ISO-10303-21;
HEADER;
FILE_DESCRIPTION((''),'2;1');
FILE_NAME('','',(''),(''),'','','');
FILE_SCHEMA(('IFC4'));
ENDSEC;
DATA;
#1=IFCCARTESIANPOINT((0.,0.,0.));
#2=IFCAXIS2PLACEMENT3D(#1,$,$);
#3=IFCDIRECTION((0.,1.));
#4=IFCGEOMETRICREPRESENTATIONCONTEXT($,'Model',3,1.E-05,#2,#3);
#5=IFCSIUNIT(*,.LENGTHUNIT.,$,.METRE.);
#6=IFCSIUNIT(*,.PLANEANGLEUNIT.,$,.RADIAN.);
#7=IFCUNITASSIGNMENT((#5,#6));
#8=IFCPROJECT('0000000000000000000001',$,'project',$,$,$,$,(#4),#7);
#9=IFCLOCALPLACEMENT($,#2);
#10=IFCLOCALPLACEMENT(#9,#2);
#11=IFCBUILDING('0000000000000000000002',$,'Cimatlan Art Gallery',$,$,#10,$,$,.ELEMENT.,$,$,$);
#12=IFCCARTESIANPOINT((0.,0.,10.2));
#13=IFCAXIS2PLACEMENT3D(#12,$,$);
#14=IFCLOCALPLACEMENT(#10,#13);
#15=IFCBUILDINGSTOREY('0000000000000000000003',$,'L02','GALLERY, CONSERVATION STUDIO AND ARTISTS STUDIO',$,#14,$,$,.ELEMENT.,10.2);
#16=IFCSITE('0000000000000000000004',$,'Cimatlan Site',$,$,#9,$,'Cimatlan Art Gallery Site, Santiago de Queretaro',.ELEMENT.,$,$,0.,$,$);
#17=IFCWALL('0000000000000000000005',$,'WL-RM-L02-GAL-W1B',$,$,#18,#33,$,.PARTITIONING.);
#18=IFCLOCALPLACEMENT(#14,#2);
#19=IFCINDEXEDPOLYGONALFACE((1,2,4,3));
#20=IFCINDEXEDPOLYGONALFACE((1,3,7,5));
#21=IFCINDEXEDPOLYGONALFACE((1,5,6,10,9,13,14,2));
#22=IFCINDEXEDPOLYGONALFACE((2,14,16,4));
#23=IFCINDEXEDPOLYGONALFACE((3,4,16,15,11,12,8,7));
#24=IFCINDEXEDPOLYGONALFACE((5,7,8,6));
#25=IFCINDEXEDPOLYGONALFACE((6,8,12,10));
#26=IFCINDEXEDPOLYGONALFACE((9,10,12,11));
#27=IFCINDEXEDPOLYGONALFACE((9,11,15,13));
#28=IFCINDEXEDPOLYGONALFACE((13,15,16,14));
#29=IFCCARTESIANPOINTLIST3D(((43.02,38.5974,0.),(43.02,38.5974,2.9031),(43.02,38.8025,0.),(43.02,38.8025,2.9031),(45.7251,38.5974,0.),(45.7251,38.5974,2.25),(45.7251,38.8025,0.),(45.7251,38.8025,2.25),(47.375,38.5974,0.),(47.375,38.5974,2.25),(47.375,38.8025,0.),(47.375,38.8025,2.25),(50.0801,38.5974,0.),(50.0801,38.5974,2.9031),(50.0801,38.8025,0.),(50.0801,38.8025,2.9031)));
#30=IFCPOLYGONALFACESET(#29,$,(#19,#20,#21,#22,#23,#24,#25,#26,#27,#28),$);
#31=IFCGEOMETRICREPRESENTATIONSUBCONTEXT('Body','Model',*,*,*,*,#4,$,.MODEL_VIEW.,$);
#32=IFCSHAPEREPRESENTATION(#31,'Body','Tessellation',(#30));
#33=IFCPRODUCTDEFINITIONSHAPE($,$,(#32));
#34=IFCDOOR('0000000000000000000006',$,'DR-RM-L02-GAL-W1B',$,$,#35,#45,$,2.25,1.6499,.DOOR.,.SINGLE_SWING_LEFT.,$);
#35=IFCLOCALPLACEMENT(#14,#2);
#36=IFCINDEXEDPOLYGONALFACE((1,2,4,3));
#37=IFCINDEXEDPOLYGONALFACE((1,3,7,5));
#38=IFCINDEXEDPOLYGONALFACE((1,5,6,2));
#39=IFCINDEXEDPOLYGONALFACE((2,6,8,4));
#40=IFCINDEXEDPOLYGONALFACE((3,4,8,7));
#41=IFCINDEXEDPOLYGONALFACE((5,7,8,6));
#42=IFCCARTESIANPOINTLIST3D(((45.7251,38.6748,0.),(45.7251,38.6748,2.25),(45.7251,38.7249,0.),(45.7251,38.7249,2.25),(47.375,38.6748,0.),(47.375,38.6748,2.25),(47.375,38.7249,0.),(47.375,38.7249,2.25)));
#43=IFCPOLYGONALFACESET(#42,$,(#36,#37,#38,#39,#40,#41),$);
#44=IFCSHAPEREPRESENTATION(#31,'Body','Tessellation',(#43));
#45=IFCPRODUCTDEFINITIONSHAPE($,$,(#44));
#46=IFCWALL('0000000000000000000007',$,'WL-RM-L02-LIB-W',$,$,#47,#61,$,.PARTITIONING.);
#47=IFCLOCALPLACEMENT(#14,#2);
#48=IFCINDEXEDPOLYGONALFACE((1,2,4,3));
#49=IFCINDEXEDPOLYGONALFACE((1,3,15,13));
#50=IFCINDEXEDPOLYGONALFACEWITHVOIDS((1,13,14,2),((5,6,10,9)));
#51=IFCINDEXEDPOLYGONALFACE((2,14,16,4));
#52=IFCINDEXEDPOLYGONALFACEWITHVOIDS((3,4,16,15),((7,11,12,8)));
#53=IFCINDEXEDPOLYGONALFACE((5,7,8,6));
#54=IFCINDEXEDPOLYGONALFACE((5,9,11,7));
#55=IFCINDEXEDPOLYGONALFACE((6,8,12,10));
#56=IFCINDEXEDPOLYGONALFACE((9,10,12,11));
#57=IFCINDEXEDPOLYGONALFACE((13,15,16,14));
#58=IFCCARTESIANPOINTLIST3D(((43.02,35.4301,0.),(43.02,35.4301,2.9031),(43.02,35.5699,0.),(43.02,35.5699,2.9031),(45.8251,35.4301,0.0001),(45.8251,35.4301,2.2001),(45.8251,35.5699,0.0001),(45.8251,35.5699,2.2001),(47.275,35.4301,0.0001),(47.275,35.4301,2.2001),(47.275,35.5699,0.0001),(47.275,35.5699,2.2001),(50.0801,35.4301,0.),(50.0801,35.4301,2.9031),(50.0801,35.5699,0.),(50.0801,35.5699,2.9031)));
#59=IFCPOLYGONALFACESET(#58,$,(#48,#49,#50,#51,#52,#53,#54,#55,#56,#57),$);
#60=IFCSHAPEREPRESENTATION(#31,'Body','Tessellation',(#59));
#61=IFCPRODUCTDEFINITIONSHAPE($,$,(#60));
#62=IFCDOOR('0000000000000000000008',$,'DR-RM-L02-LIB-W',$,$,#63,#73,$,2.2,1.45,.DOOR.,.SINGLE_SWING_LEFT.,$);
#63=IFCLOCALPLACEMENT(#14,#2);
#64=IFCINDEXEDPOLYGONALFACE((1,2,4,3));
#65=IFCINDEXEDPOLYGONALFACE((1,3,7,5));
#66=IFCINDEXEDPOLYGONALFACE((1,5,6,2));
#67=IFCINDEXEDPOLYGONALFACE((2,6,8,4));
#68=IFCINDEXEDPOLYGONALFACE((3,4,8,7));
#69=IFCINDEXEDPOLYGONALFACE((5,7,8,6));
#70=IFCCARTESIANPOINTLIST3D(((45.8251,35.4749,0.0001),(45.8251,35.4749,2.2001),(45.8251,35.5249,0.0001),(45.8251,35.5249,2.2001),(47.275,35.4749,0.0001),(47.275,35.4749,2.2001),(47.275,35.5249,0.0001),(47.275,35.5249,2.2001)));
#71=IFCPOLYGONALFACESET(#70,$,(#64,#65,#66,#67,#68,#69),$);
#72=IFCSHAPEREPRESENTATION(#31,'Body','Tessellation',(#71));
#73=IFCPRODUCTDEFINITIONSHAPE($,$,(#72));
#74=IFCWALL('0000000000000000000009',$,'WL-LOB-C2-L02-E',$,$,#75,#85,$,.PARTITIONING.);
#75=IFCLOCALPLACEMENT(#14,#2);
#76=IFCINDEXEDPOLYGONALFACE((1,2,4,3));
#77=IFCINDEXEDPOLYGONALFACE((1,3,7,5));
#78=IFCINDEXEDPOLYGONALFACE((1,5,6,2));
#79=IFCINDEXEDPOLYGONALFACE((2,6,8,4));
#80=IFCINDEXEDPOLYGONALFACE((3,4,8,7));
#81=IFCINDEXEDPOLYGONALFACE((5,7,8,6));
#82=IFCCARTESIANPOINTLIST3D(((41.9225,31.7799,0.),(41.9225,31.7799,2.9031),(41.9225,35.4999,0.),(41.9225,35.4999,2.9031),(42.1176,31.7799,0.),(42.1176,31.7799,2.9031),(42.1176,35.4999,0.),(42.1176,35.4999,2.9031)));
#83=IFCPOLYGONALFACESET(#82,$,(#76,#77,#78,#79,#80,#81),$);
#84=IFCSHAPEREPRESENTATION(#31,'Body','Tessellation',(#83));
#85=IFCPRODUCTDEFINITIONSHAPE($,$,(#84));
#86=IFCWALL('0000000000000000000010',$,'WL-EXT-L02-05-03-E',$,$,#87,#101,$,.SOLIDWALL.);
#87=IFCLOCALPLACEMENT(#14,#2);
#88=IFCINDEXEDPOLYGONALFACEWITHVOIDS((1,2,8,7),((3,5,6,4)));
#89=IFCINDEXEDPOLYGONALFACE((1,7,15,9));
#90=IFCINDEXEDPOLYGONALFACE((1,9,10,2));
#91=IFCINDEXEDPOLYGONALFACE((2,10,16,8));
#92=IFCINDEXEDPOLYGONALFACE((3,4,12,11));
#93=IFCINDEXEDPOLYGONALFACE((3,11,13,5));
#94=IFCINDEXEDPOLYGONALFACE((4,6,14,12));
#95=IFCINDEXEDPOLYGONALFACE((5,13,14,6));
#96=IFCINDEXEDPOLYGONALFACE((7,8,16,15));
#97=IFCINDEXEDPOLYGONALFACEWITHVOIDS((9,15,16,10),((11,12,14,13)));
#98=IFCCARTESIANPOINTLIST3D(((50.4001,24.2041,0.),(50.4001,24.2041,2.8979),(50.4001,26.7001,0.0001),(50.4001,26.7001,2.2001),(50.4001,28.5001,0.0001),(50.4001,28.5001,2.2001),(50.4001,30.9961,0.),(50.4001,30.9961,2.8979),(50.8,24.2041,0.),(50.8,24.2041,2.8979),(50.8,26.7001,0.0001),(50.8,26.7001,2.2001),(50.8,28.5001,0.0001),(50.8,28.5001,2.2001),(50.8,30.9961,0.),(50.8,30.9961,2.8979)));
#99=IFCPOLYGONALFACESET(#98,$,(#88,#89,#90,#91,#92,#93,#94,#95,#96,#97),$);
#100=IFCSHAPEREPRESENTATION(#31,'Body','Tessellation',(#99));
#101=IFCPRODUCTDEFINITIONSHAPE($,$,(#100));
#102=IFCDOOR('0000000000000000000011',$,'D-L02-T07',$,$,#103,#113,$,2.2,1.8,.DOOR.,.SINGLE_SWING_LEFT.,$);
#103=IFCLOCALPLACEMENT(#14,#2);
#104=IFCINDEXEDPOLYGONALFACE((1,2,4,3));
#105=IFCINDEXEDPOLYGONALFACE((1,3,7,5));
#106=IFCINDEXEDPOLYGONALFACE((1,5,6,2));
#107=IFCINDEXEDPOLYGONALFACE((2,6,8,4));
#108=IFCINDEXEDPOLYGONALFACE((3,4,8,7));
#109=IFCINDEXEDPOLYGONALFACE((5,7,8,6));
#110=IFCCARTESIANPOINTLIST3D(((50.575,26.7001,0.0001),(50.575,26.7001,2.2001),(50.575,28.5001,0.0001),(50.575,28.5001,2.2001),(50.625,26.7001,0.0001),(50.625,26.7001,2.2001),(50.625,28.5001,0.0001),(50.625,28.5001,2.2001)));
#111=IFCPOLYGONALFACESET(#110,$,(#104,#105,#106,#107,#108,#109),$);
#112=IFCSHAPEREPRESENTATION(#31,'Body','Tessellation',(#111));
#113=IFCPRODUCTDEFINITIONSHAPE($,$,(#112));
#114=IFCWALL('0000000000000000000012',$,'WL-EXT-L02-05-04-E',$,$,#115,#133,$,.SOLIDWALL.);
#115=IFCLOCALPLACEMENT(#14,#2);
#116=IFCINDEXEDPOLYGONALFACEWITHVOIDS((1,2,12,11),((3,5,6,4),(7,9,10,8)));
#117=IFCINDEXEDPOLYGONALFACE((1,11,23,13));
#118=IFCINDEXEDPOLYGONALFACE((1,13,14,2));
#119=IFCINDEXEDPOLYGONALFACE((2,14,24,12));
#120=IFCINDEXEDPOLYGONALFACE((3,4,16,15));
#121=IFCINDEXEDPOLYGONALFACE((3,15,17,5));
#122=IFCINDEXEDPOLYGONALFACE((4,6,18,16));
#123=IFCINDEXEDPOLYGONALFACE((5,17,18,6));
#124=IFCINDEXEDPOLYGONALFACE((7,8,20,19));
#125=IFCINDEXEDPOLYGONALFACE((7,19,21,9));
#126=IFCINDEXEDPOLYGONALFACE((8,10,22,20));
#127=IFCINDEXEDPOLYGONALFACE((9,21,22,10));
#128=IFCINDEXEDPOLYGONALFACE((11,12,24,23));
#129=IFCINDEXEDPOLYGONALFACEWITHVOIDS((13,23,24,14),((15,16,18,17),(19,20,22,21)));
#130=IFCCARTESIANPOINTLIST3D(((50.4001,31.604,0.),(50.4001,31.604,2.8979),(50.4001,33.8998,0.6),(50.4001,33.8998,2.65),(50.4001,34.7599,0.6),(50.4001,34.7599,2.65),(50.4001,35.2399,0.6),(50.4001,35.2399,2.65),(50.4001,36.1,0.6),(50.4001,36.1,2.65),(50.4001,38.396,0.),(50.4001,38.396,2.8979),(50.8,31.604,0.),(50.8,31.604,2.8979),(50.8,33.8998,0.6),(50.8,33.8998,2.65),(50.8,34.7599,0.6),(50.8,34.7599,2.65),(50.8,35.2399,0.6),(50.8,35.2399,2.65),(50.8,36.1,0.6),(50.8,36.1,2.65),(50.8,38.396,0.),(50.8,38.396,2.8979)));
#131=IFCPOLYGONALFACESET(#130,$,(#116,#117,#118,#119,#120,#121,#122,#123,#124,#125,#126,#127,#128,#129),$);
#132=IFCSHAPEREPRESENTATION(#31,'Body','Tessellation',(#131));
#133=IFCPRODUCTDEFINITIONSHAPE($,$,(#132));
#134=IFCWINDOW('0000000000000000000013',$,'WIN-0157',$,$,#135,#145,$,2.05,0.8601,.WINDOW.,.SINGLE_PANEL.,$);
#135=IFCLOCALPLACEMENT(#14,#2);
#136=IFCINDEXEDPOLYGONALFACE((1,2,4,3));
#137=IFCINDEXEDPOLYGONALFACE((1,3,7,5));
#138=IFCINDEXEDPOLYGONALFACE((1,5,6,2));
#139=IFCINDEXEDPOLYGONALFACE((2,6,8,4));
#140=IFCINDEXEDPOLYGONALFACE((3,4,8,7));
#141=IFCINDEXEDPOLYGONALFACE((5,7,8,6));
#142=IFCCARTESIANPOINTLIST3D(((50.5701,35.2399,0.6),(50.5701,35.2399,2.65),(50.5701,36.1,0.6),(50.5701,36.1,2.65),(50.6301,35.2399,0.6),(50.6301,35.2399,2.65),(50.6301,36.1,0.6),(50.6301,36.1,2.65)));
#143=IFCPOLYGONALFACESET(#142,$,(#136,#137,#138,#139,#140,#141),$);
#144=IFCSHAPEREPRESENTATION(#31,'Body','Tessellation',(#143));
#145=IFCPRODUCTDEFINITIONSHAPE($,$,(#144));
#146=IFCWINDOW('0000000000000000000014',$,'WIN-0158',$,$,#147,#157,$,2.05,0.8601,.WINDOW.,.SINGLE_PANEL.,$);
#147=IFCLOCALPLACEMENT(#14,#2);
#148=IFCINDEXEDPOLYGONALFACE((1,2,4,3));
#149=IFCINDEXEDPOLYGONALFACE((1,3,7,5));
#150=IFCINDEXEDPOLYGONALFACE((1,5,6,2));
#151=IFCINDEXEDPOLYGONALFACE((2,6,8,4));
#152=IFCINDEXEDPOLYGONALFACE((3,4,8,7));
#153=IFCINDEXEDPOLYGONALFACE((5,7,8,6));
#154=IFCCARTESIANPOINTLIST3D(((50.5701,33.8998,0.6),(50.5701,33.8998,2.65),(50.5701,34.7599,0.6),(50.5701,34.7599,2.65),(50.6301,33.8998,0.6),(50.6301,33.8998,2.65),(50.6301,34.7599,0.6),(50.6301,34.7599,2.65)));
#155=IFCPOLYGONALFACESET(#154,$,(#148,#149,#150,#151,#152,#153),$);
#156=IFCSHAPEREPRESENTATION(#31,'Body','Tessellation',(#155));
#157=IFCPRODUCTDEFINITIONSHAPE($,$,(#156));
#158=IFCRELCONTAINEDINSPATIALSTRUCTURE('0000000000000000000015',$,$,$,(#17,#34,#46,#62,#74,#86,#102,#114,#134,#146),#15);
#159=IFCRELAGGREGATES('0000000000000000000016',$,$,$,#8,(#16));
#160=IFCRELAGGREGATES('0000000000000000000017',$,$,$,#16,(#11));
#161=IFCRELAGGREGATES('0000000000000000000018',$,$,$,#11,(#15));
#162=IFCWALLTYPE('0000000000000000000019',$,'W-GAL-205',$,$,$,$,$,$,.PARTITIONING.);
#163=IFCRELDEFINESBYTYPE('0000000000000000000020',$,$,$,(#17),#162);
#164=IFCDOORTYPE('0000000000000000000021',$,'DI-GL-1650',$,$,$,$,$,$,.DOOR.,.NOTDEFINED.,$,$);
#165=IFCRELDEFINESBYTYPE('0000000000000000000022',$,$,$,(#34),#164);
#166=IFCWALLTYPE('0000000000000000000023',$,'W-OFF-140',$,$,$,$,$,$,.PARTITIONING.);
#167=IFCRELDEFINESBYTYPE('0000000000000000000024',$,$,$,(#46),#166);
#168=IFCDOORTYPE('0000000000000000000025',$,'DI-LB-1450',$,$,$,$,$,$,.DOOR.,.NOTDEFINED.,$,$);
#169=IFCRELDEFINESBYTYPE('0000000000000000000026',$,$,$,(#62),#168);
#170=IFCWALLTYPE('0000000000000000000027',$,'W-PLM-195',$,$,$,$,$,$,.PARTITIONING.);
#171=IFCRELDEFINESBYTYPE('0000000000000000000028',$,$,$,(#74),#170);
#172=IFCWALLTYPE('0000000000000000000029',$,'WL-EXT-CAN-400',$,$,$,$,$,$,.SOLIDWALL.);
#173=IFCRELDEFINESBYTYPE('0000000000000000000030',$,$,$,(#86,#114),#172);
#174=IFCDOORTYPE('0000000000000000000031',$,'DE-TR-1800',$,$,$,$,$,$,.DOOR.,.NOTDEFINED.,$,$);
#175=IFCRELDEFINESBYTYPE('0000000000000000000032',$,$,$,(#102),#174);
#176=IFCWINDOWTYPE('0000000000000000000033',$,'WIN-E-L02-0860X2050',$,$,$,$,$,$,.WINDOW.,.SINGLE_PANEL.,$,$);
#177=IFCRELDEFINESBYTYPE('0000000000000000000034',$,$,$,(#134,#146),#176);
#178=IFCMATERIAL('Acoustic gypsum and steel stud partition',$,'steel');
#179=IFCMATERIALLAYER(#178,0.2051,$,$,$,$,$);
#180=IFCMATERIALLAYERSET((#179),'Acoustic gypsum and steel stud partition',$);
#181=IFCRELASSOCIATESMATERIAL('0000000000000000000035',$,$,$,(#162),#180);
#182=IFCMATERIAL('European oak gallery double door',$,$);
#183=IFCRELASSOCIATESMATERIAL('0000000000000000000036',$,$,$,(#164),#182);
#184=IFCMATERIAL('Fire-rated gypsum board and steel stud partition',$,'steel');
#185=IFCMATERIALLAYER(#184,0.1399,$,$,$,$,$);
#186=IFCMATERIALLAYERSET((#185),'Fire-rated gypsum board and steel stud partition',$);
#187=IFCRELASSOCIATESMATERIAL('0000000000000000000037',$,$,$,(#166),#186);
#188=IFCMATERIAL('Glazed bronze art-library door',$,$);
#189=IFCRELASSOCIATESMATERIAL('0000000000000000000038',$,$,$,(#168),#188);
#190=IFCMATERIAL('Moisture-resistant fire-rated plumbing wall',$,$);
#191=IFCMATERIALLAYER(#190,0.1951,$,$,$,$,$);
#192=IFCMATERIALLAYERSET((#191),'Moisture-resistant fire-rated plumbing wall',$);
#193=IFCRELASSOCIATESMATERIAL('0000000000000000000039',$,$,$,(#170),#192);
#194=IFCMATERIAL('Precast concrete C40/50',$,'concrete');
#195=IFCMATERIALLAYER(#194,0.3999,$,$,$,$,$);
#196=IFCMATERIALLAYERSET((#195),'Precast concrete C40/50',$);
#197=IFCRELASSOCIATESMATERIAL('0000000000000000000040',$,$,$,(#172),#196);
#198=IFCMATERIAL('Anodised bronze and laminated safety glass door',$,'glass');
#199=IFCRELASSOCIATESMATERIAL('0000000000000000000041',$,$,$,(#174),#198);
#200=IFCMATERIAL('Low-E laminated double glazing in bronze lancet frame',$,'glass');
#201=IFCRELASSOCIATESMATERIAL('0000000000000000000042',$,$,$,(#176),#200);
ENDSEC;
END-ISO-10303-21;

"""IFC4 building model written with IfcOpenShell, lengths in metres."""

from ifc_helpers import new_model, si_unit, direction, frame, frame_2d, origin, place, context, subcontext, project, spatial, rectangle, extrude, material, layer, layer_set, type_object, element, fill, save


model = new_model("IFC4")

# Units and contexts
model_context = context("Model", 3, precision=1e-05, world=origin(), true_north=direction((0.0, 1.0)))
body_context = subcontext(model_context, "Body", "Model", "MODEL_VIEW")
ifc_project = project(units=[si_unit("LENGTHUNIT", "METRE"), si_unit("PLANEANGLEUNIT", "RADIAN")], contexts=[model_context])

# Site, building, storey
site_placement = place(None, origin())
site = spatial("IfcSite", under=ifc_project, at=site_placement, Name="Cimatlan Site", LongName="Cimatlan Art Gallery Site, Santiago de Queretaro", CompositionType="ELEMENT", RefElevation=0.0)
building_placement = place(site_placement, origin())
building = spatial("IfcBuilding", under=site, at=building_placement, Name="Cimatlan Art Gallery", CompositionType="ELEMENT")
storey_placement = place(building_placement, frame((0.0, 0.0, 10.2)))
storey = spatial("IfcBuildingStorey", under=building, at=storey_placement, Name="L02", Description="GALLERY, CONSERVATION STUDIO AND ARTISTS STUDIO", CompositionType="ELEMENT", Elevation=10.2)

# Walls, openings, doors
ifc_material_1 = material(Name="Acoustic gypsum and steel stud partition", Category="steel")
ifc_layer_1 = layer(ifc_material_1, 0.2051)
ifc_layer_set_1 = layer_set([ifc_layer_1], Name="Acoustic gypsum and steel stud partition")
wall_type_1 = type_object("IfcWallType", Name="W-GAL-205", PredefinedType="PARTITIONING", material=ifc_layer_set_1)
wall_1_placement = place(storey_placement, frame((43.02, 38.7, 0.0), z_axis=(0.0, 0.0, 1.0), x_axis=(1.0, 0.0, 0.0)))
wall_1 = element("IfcWall", 1, at=wall_1_placement, inside=storey, type_object=wall_type_1, Name="WL-RM-L02-GAL-W1B", PredefinedType="PARTITIONING", context=body_context, shape_type="SweptSolid", body=[
    extrude(rectangle(XDim=7.0601, YDim=0.2051, at=frame_2d((3.53, 0.0))), origin(), (0.0, 0.0, 1.0), 2.9031),
])
opening_1_placement = place(wall_1_placement, frame((2.7051, 0.0, 0.0)))
opening_1 = element("IfcOpeningElement", 2, at=opening_1_placement, cuts=wall_1, PredefinedType="OPENING", context=body_context, shape_type="SweptSolid", body=[
    extrude(rectangle(XDim=1.6499, YDim=2.25, at=frame_2d((0.825, 1.125))), frame((0.0, 0.1125, 0.0), z_axis=(0.0, -1.0, 0.0), x_axis=(1.0, 0.0, 0.0)), (0.0, 0.0, 1.0), 0.2251),
])
ifc_material_2 = material(Name="European oak gallery double door")
door_type_1 = type_object("IfcDoorType", Name="DI-GL-1650", OperationType="NOTDEFINED", PredefinedType="DOOR", material=ifc_material_2)
door_1_placement = place(opening_1_placement, origin())
door_1 = element("IfcDoor", 3, at=door_1_placement, inside=storey, type_object=door_type_1, Name="DR-RM-L02-GAL-W1B", OperationType="SINGLE_SWING_LEFT", OverallHeight=2.25, OverallWidth=1.6499, PredefinedType="DOOR", context=body_context, shape_type="SweptSolid", body=[
    extrude(rectangle(XDim=1.6499, YDim=2.25, at=frame_2d((0.825, 1.125))), frame((0.0, 0.0249, 0.0), z_axis=(0.0, -1.0, 0.0), x_axis=(1.0, 0.0, 0.0)), (0.0, 0.0, 1.0), 0.05),
])
fill(opening_1, door_1)
ifc_material_3 = material(Name="Fire-rated gypsum board and steel stud partition", Category="steel")
ifc_layer_2 = layer(ifc_material_3, 0.1399)
ifc_layer_set_2 = layer_set([ifc_layer_2], Name="Fire-rated gypsum board and steel stud partition")
wall_type_2 = type_object("IfcWallType", Name="W-OFF-140", PredefinedType="PARTITIONING", material=ifc_layer_set_2)
wall_2_placement = place(storey_placement, frame((43.02, 35.5, 0.0), z_axis=(0.0, 0.0, 1.0), x_axis=(1.0, 0.0, 0.0)))
wall_2 = element("IfcWall", 4, at=wall_2_placement, inside=storey, type_object=wall_type_2, Name="WL-RM-L02-LIB-W", PredefinedType="PARTITIONING", context=body_context, shape_type="SweptSolid", body=[
    extrude(rectangle(XDim=7.0601, YDim=0.1399, at=frame_2d((3.53, 0.0))), origin(), (0.0, 0.0, 1.0), 2.9031),
])
opening_2_placement = place(wall_2_placement, frame((2.8049, 0.0, 0.0)))
opening_2 = element("IfcOpeningElement", 5, at=opening_2_placement, cuts=wall_2, PredefinedType="OPENING", context=body_context, shape_type="SweptSolid", body=[
    extrude(rectangle(XDim=1.45, YDim=2.2, at=frame_2d((0.7251, 1.1001))), frame((0.0, 0.0801, 0.0), z_axis=(0.0, -1.0, 0.0), x_axis=(1.0, 0.0, 0.0)), (0.0, 0.0, 1.0), 0.1599),
])
ifc_material_4 = material(Name="Glazed bronze art-library door")
door_type_2 = type_object("IfcDoorType", Name="DI-LB-1450", OperationType="NOTDEFINED", PredefinedType="DOOR", material=ifc_material_4)
door_2_placement = place(opening_2_placement, origin())
door_2 = element("IfcDoor", 6, at=door_2_placement, inside=storey, type_object=door_type_2, Name="DR-RM-L02-LIB-W", OperationType="SINGLE_SWING_LEFT", OverallHeight=2.2, OverallWidth=1.45, PredefinedType="DOOR", context=body_context, shape_type="SweptSolid", body=[
    extrude(rectangle(XDim=1.45, YDim=2.2, at=frame_2d((0.7251, 1.1001))), frame((0.0, 0.0249, 0.0), z_axis=(0.0, -1.0, 0.0), x_axis=(1.0, 0.0, 0.0)), (0.0, 0.0, 1.0), 0.05),
])
fill(opening_2, door_2)

# Wall
ifc_material_5 = material(Name="Moisture-resistant fire-rated plumbing wall")
ifc_layer_3 = layer(ifc_material_5, 0.1951)
ifc_layer_set_3 = layer_set([ifc_layer_3], Name="Moisture-resistant fire-rated plumbing wall")
wall_type_3 = type_object("IfcWallType", Name="W-PLM-195", PredefinedType="PARTITIONING", material=ifc_layer_set_3)
wall_3_placement = place(storey_placement, frame((42.02, 31.78, 0.0), z_axis=(0.0, 0.0, 1.0), x_axis=(0.0, 1.0, 0.0)))
element("IfcWall", 7, at=wall_3_placement, inside=storey, type_object=wall_type_3, Name="WL-LOB-C2-L02-E", PredefinedType="PARTITIONING", context=body_context, shape_type="SweptSolid", body=[
    extrude(rectangle(XDim=3.72, YDim=0.1951, at=frame_2d((1.8599, 0.0))), origin(), (0.0, 0.0, 1.0), 2.9031),
])

# Wall, opening, door
ifc_material_6 = material(Name="Precast concrete C40/50", Category="concrete")
ifc_layer_4 = layer(ifc_material_6, 0.3999)
ifc_layer_set_4 = layer_set([ifc_layer_4], Name="Precast concrete C40/50")
wall_type_4 = type_object("IfcWallType", Name="WL-EXT-CAN-400", PredefinedType="SOLIDWALL", material=ifc_layer_set_4)
wall_4_placement = place(storey_placement, frame((50.6001, 30.9961, 0.0), z_axis=(0.0, 0.0, 1.0), x_axis=(0.0, -1.0, 0.0)))
wall_4 = element("IfcWall", 8, at=wall_4_placement, inside=storey, type_object=wall_type_4, Name="WL-EXT-L02-05-03-E", PredefinedType="SOLIDWALL", context=body_context, shape_type="SweptSolid", body=[
    extrude(rectangle(XDim=6.792, YDim=0.3999, at=frame_2d((3.396, 0.0))), origin(), (0.0, 0.0, 1.0), 2.8979),
])
opening_3_placement = place(wall_4_placement, frame((2.4961, 0.0, 0.0)))
opening_3 = element("IfcOpeningElement", 9, at=opening_3_placement, cuts=wall_4, PredefinedType="OPENING", context=body_context, shape_type="SweptSolid", body=[
    extrude(rectangle(XDim=1.8, YDim=2.2, at=frame_2d((0.8999, 1.1001))), frame((0.0, 0.21, 0.0), z_axis=(0.0, -1.0, 0.0), x_axis=(1.0, 0.0, 0.0)), (0.0, 0.0, 1.0), 0.4199),
])
ifc_material_7 = material(Name="Anodised bronze and laminated safety glass door", Category="glass")
door_type_3 = type_object("IfcDoorType", Name="DE-TR-1800", OperationType="NOTDEFINED", PredefinedType="DOOR", material=ifc_material_7)
door_3_placement = place(opening_3_placement, origin())
door_3 = element("IfcDoor", 10, at=door_3_placement, inside=storey, type_object=door_type_3, Name="D-L02-T07", OperationType="SINGLE_SWING_LEFT", OverallHeight=2.2, OverallWidth=1.8, PredefinedType="DOOR", context=body_context, shape_type="SweptSolid", body=[
    extrude(rectangle(XDim=1.8, YDim=2.2, at=frame_2d((0.8999, 1.1001))), frame((0.0, 0.0249, 0.0), z_axis=(0.0, -1.0, 0.0), x_axis=(1.0, 0.0, 0.0)), (0.0, 0.0, 1.0), 0.05),
])
fill(opening_3, door_3)

# Wall, openings, windows
wall_5_placement = place(storey_placement, frame((50.6001, 38.396, 0.0), z_axis=(0.0, 0.0, 1.0), x_axis=(0.0, -1.0, 0.0)))
wall_5 = element("IfcWall", 11, at=wall_5_placement, inside=storey, type_object=wall_type_4, Name="WL-EXT-L02-05-04-E", PredefinedType="SOLIDWALL", context=body_context, shape_type="SweptSolid", body=[
    extrude(rectangle(XDim=6.792, YDim=0.3999, at=frame_2d((3.396, 0.0))), origin(), (0.0, 0.0, 1.0), 2.8979),
])
opening_4_placement = place(wall_5_placement, frame((2.2959, 0.0, 0.6001)))
opening_4 = element("IfcOpeningElement", 12, at=opening_4_placement, cuts=wall_5, PredefinedType="OPENING", context=body_context, shape_type="SweptSolid", body=[
    extrude(rectangle(XDim=0.8601, YDim=2.05, at=frame_2d((0.4302, 1.0249))), frame((0.0, 0.21, 0.0), z_axis=(0.0, -1.0, 0.0), x_axis=(1.0, 0.0, 0.0)), (0.0, 0.0, 1.0), 0.4199),
])
opening_5_placement = place(wall_5_placement, frame((3.636, 0.0, 0.6001)))
opening_5 = element("IfcOpeningElement", 13, at=opening_5_placement, cuts=wall_5, PredefinedType="OPENING", context=body_context, shape_type="SweptSolid", body=[
    extrude(rectangle(XDim=0.8601, YDim=2.05, at=frame_2d((0.4302, 1.0249))), frame((0.0, 0.21, 0.0), z_axis=(0.0, -1.0, 0.0), x_axis=(1.0, 0.0, 0.0)), (0.0, 0.0, 1.0), 0.4199),
])
ifc_material_8 = material(Name="Low-E laminated double glazing in bronze lancet frame", Category="glass")
window_type = type_object("IfcWindowType", Name="WIN-E-L02-0860X2050", PartitioningType="SINGLE_PANEL", PredefinedType="WINDOW", material=ifc_material_8)
window_1_placement = place(opening_4_placement, origin())
window_1 = element("IfcWindow", 14, at=window_1_placement, inside=storey, type_object=window_type, Name="WIN-0157", OverallHeight=2.05, OverallWidth=0.8601, PartitioningType="SINGLE_PANEL", PredefinedType="WINDOW", context=body_context, shape_type="SweptSolid", body=[
    extrude(rectangle(XDim=0.8601, YDim=2.05, at=frame_2d((0.4302, 1.0249))), frame((0.0, 0.03, 0.0), z_axis=(0.0, -1.0, 0.0), x_axis=(1.0, 0.0, 0.0)), (0.0, 0.0, 1.0), 0.0601),
])
fill(opening_4, window_1)
window_2_placement = place(opening_5_placement, origin())
window_2 = element("IfcWindow", 15, at=window_2_placement, inside=storey, type_object=window_type, Name="WIN-0158", OverallHeight=2.05, OverallWidth=0.8601, PartitioningType="SINGLE_PANEL", PredefinedType="WINDOW", context=body_context, shape_type="SweptSolid", body=[
    extrude(rectangle(XDim=0.8601, YDim=2.05, at=frame_2d((0.4302, 1.0249))), frame((0.0, 0.03, 0.0), z_axis=(0.0, -1.0, 0.0), x_axis=(1.0, 0.0, 0.0)), (0.0, 0.0, 1.0), 0.0601),
])
fill(opening_5, window_2)

save(model, "model.ifc")
